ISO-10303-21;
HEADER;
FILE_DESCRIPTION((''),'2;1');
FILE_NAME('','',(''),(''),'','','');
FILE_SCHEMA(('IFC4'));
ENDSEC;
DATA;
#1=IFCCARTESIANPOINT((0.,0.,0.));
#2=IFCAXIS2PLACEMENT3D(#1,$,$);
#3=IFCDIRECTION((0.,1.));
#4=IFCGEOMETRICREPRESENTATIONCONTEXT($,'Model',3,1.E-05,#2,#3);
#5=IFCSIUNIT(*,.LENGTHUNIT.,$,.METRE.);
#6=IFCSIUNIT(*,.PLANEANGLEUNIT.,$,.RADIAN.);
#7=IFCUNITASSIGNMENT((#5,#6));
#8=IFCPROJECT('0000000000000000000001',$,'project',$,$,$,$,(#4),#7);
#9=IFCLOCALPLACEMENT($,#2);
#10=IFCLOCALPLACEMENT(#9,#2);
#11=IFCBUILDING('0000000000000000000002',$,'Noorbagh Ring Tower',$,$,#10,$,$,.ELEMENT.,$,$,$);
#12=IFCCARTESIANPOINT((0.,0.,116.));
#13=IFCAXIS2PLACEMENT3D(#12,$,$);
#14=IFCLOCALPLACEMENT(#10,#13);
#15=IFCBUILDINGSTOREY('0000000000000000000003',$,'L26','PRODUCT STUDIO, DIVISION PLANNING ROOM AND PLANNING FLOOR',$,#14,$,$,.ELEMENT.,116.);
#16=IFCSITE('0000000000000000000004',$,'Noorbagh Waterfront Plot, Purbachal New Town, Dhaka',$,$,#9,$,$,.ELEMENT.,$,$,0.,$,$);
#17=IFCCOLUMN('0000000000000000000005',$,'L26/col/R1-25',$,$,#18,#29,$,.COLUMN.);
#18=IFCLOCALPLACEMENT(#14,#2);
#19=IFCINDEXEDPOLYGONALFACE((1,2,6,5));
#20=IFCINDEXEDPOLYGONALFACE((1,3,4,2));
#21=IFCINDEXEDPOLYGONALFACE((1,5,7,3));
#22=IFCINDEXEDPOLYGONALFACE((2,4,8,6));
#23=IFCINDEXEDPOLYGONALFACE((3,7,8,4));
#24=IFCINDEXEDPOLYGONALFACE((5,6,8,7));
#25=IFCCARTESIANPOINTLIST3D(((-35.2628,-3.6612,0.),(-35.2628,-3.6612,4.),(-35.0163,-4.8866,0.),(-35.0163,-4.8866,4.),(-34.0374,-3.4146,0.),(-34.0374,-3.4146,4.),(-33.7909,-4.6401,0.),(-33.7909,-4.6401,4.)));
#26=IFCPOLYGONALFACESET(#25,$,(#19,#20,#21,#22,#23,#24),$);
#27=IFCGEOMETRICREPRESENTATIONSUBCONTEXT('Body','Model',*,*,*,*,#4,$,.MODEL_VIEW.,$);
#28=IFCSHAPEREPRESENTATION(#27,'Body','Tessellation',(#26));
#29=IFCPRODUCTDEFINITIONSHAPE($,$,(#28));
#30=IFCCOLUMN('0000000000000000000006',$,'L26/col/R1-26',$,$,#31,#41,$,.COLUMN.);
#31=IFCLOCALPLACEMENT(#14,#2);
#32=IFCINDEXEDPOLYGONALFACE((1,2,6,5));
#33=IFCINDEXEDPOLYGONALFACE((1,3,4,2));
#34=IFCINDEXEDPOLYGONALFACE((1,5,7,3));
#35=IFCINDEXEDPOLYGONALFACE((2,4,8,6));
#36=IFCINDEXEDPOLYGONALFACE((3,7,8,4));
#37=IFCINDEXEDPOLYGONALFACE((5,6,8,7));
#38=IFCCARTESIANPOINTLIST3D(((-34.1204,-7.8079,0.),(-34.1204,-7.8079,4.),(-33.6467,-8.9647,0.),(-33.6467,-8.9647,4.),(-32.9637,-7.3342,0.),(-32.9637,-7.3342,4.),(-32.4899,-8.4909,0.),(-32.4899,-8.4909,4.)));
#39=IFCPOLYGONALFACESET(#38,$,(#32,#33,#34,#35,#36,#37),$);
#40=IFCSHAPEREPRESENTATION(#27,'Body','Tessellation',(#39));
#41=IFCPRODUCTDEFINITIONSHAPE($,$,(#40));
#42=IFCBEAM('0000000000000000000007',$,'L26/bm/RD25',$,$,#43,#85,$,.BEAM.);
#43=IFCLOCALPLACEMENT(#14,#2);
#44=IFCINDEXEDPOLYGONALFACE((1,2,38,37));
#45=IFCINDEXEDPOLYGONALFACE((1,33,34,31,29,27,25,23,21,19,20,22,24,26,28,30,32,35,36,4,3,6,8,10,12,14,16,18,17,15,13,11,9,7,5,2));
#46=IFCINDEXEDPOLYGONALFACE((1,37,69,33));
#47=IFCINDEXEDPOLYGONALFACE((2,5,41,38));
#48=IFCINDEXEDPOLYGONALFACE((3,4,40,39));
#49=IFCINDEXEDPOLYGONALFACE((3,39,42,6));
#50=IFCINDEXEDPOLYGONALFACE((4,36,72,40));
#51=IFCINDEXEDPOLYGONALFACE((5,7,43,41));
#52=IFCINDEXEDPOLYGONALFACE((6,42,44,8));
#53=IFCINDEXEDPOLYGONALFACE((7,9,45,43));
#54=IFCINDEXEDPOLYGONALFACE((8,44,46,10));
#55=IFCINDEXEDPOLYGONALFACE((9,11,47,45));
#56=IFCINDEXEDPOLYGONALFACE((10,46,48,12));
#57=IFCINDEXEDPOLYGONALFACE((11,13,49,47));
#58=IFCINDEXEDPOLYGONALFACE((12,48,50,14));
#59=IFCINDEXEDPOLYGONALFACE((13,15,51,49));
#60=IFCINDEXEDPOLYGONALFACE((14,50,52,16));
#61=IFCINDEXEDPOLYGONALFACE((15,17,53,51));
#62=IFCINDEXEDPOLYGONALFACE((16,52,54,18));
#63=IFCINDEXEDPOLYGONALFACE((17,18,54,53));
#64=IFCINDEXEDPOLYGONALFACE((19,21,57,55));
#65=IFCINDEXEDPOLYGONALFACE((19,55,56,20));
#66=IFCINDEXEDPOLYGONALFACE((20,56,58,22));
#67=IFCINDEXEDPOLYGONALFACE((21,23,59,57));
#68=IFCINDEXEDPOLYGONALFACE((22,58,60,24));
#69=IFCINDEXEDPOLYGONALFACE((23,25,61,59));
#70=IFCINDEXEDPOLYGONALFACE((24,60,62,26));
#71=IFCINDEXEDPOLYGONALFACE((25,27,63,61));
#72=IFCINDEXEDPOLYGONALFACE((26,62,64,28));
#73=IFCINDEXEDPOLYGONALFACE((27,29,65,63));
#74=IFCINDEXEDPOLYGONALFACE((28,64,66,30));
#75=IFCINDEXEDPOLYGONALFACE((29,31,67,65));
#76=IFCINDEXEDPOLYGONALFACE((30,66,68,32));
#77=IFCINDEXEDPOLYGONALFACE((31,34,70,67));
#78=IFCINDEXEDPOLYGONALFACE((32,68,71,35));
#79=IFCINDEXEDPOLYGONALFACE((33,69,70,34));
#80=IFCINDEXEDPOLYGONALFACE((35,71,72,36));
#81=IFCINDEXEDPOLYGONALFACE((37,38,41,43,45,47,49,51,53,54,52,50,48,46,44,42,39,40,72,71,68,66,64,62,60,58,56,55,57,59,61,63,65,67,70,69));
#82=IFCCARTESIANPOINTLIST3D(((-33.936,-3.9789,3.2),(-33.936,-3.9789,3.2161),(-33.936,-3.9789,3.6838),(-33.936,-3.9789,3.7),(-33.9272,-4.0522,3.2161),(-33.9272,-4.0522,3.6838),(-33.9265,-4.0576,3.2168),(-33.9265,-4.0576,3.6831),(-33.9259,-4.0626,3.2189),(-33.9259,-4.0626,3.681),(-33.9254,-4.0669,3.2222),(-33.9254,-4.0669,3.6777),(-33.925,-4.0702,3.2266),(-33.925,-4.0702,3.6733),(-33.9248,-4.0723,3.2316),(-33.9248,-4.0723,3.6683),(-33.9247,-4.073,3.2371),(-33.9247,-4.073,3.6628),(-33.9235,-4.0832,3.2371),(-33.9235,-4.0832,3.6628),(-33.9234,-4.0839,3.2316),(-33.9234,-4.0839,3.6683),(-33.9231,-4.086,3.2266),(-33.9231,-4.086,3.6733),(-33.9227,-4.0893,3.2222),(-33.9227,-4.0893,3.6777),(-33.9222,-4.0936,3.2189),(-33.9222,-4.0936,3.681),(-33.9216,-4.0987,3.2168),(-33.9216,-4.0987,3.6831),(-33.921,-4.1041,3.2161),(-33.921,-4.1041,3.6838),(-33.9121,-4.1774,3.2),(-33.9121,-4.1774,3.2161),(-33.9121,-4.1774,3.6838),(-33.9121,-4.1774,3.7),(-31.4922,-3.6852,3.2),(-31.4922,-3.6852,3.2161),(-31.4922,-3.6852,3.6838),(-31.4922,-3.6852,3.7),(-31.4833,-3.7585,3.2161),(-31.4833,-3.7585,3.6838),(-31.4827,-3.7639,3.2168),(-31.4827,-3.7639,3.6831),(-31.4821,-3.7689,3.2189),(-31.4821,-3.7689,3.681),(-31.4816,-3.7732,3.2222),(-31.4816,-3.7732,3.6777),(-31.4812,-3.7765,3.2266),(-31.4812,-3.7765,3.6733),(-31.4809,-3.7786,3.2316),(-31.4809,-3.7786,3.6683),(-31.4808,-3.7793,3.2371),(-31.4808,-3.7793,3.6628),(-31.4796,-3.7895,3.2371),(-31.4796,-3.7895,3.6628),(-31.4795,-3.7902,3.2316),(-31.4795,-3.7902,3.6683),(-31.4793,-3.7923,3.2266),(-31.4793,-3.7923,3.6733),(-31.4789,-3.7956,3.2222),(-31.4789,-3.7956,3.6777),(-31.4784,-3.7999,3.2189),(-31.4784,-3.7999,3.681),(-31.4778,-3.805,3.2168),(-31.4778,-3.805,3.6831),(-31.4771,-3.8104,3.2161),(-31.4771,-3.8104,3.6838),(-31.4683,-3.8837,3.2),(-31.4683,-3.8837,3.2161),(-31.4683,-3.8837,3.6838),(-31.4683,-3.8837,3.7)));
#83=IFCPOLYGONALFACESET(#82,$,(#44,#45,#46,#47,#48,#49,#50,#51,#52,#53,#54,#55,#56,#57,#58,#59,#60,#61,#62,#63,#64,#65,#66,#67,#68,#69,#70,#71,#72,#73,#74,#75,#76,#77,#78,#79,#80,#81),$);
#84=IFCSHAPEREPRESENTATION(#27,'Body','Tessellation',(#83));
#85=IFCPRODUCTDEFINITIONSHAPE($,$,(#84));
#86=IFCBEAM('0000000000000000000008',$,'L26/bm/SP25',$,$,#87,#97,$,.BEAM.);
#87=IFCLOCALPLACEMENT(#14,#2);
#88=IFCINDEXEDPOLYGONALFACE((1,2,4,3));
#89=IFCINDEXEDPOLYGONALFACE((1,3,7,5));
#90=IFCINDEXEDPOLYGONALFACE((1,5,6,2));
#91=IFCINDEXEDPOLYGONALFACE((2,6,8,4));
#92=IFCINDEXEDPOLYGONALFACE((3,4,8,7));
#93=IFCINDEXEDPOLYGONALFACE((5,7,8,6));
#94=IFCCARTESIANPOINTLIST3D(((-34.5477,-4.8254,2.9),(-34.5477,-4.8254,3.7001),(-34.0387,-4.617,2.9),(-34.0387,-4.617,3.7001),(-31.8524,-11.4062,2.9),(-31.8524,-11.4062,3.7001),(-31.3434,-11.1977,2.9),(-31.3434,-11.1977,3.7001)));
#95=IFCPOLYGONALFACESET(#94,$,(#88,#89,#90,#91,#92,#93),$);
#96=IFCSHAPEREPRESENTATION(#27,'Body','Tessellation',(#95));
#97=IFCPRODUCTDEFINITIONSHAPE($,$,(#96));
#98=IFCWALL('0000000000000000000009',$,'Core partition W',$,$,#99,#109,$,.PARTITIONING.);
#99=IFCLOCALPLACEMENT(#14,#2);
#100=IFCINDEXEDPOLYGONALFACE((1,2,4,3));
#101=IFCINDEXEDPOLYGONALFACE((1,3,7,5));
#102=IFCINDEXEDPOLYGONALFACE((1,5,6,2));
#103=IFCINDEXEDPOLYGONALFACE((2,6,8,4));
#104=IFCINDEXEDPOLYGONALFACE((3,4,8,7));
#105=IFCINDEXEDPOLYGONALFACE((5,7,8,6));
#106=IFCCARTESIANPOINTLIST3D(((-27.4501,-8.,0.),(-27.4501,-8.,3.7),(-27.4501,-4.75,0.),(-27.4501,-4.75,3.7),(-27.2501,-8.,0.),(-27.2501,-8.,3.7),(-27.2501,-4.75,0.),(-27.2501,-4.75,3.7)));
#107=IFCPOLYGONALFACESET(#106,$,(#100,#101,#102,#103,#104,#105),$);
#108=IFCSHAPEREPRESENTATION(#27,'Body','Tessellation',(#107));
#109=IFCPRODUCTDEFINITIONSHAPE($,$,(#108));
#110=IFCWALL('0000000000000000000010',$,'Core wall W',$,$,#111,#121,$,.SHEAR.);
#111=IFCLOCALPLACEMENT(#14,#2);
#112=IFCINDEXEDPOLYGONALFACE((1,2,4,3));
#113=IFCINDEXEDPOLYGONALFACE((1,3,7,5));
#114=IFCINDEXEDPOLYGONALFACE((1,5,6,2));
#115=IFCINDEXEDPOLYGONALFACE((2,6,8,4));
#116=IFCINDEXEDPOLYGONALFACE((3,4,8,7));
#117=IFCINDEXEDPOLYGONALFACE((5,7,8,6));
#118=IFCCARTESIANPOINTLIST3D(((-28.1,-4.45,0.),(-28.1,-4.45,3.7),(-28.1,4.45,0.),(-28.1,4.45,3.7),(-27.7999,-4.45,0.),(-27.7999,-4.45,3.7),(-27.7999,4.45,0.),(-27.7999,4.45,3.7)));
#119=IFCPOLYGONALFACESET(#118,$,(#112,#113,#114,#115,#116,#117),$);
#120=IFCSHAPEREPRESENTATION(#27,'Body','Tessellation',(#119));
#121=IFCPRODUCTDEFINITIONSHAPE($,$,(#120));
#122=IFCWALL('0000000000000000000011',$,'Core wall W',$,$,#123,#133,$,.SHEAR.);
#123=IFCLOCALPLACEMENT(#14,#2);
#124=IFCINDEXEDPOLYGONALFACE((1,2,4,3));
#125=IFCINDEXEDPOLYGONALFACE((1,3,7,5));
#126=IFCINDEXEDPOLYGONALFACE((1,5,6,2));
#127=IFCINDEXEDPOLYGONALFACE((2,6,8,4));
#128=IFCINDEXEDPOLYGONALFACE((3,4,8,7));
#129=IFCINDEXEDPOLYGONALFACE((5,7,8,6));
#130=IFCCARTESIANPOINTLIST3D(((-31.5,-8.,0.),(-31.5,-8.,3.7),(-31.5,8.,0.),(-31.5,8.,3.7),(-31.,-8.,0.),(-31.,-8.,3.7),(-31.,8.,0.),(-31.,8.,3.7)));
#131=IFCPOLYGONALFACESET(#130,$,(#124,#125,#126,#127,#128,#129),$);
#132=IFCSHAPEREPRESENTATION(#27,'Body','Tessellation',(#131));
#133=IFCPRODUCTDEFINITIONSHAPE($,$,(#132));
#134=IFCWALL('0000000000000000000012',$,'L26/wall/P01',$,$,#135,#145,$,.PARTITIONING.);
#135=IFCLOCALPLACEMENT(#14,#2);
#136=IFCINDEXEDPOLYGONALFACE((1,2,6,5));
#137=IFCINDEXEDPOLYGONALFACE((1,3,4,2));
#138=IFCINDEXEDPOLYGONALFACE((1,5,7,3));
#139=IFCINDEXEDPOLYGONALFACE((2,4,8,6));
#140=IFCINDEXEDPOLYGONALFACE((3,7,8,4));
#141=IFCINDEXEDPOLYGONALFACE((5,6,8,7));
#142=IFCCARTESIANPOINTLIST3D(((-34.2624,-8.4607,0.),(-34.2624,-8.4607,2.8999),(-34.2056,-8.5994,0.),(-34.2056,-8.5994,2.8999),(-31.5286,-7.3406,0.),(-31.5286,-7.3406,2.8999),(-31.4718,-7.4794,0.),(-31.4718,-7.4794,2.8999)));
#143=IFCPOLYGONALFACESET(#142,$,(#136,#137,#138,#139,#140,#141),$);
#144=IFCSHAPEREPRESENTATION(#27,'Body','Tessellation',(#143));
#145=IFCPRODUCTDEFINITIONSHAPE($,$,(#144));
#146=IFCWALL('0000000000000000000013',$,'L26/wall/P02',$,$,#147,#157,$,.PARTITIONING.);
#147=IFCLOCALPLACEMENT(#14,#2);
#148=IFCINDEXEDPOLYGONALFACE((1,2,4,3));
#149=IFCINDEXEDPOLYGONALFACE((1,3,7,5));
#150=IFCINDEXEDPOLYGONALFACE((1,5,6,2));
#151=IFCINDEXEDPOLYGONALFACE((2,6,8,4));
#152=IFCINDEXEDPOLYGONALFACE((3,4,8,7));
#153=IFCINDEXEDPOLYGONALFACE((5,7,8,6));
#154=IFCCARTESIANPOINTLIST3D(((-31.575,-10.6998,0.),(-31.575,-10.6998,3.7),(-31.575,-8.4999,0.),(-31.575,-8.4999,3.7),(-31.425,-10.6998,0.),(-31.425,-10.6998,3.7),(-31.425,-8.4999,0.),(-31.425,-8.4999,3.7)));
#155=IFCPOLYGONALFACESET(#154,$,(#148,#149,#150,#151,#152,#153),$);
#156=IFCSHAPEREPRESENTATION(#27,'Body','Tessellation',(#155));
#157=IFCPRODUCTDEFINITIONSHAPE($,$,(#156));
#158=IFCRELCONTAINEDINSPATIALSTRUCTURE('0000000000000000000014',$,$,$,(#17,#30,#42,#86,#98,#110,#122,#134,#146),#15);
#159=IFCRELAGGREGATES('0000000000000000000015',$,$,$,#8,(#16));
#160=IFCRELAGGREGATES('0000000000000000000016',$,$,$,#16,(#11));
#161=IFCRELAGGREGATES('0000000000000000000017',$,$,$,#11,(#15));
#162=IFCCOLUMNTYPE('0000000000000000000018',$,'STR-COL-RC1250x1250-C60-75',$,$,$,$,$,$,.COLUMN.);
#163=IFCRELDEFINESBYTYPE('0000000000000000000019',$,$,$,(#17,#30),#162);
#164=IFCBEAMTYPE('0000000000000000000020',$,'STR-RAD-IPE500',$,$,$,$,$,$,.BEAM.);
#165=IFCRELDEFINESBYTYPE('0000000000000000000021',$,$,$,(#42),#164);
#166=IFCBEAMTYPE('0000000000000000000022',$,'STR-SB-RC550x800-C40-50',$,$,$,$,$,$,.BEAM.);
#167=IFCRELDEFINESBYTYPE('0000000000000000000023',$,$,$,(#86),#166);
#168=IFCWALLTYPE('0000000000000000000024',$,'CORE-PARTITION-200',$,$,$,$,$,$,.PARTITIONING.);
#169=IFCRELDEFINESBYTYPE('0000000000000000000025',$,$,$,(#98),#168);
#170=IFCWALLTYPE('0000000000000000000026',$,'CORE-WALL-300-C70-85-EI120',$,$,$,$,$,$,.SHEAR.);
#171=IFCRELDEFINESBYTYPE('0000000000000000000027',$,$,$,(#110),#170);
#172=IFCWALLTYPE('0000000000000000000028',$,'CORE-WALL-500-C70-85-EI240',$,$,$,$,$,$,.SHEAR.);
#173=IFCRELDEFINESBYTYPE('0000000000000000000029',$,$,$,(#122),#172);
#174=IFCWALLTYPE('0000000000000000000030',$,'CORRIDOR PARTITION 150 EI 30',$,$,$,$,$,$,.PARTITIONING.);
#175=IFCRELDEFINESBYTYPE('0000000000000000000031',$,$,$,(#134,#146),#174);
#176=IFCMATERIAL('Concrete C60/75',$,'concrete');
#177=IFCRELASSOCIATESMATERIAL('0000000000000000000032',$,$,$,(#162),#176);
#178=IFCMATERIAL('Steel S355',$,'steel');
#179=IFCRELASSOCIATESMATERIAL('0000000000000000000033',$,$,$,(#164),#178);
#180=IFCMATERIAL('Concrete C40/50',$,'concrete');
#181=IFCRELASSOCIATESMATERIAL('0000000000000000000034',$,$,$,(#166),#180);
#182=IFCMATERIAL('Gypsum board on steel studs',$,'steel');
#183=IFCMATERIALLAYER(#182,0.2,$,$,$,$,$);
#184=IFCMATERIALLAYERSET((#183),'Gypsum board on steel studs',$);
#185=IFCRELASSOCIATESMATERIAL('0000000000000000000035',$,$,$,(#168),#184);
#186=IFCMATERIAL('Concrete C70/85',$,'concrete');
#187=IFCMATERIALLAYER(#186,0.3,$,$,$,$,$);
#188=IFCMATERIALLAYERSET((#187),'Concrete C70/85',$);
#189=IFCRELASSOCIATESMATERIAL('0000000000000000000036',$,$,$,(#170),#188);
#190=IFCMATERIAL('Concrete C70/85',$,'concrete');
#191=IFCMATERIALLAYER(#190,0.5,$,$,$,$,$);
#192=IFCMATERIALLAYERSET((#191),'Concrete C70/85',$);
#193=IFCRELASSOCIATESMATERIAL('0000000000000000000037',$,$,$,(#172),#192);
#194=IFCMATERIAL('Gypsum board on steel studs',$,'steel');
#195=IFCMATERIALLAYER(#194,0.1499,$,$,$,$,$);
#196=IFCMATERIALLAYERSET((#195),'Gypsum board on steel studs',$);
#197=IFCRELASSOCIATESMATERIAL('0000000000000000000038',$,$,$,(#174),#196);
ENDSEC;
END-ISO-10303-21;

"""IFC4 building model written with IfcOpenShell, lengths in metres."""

from ifc_helpers import new_model, si_unit, direction, frame, frame_2d, origin, origin_2d, place, context, subcontext, project, spatial, rectangle, i_section, extrude, material, layer, layer_set, material_profile, profile_set, type_object, element, save


model = new_model("IFC4")

# Units and contexts
model_context = context("Model", 3, precision=1e-05, world=origin(), true_north=direction((0.0, 1.0)))
body_context = subcontext(model_context, "Body", "Model", "MODEL_VIEW")
ifc_project = project(units=[si_unit("LENGTHUNIT", "METRE"), si_unit("PLANEANGLEUNIT", "RADIAN")], contexts=[model_context])

# Site, building, storey
site_placement = place(None, origin())
site = spatial("IfcSite", under=ifc_project, at=site_placement, Name="Noorbagh Waterfront Plot, Purbachal New Town, Dhaka", CompositionType="ELEMENT", RefElevation=0.0)
building_placement = place(site_placement, origin())
building = spatial("IfcBuilding", under=site, at=building_placement, Name="Noorbagh Ring Tower", CompositionType="ELEMENT")
storey_placement = place(building_placement, frame((0.0, 0.0, 116.0)))
storey = spatial("IfcBuildingStorey", under=building, at=storey_placement, Name="L26", Description="PRODUCT STUDIO, DIVISION PLANNING ROOM AND PLANNING FLOOR", CompositionType="ELEMENT", Elevation=116.0)

# Columns
ifc_material_1 = material(Name="Concrete C60/75", Category="concrete")
ifc_material_profile_1 = material_profile(ifc_material_1, rectangle(XDim=1.25, YDim=1.25, at=origin_2d()), Name="RC1250x1250")
ifc_profile_set_1 = profile_set([ifc_material_profile_1], Name="Concrete C60/75")
column_type = type_object("IfcColumnType", Name="STR-COL-RC1250x1250-C60-75", PredefinedType="COLUMN", material=ifc_profile_set_1)
for number, where, z_axis, x_axis, name in (
    (1, (-34.5269, -4.1506, 0.0), (0.0, 0.0, 1.0), (0.19723, -0.980357, 0.0), "L26/col/R1-25"),
    (2, (-33.3052, -8.1494, 0.0), (0.0, 0.0, 1.0), (0.378989, -0.925401, 0.0), "L26/col/R1-26"),
):
    element("IfcColumn", number, at=place(storey_placement, frame(where, z_axis=z_axis, x_axis=x_axis)), inside=storey, type_object=column_type, Name=name, PredefinedType="COLUMN", context=body_context, shape_type="SweptSolid", body=[
        extrude(rectangle(XDim=1.25, YDim=1.25, at=origin_2d()), origin(), (0.0, 0.0, 1.0), 4.0),
    ])

# Beams
ifc_material_2 = material(Name="Steel S355", Category="steel")
ifc_material_profile_2 = material_profile(ifc_material_2, i_section(OverallWidth=0.2, OverallDepth=0.5, WebThickness=0.0103, FlangeThickness=0.0161, FilletRadius=0.021, at=origin_2d()), Name="IPE500")
ifc_profile_set_2 = profile_set([ifc_material_profile_2], Name="Steel S355")
beam_type_1 = type_object("IfcBeamType", Name="STR-RAD-IPE500", PredefinedType="BEAM", material=ifc_profile_set_2)
beam_1_placement = place(storey_placement, frame((-33.9241, -4.0781, 3.45), z_axis=(0.992856, 0.119321, 0.0), x_axis=(-0.119321, 0.992856, 0.0)))
element("IfcBeam", 3, at=beam_1_placement, inside=storey, type_object=beam_type_1, Name="L26/bm/RD25", PredefinedType="BEAM", context=body_context, shape_type="SweptSolid", body=[
    extrude(i_section(OverallWidth=0.2, OverallDepth=0.5, WebThickness=0.0103, FlangeThickness=0.0161, FilletRadius=0.021, at=origin_2d()), origin(), (0.0, 0.0, 1.0), 2.4614),
])
ifc_material_3 = material(Name="Concrete C40/50", Category="concrete")
ifc_material_profile_3 = material_profile(ifc_material_3, rectangle(XDim=0.55, YDim=0.8, at=origin_2d()), Name="RC550x800")
ifc_profile_set_3 = profile_set([ifc_material_profile_3], Name="Concrete C40/50")
beam_type_2 = type_object("IfcBeamType", Name="STR-SB-RC550x800-C40-50", PredefinedType="BEAM", material=ifc_profile_set_3)
beam_2_placement = place(storey_placement, frame((-34.2932, -4.7212, 3.3), z_axis=(0.379014, -0.925391, 0.0), x_axis=(0.925391, 0.379014, 0.0)))
element("IfcBeam", 4, at=beam_2_placement, inside=storey, type_object=beam_type_2, Name="L26/bm/SP25", PredefinedType="BEAM", context=body_context, shape_type="SweptSolid", body=[
    extrude(rectangle(XDim=0.55, YDim=0.8, at=origin_2d()), origin(), (0.0, 0.0, 1.0), 7.1113),
])

# Walls
ifc_material_4 = material(Name="Gypsum board on steel studs", Category="steel")
ifc_layer_1 = layer(ifc_material_4, 0.2)
ifc_layer_set_1 = layer_set([ifc_layer_1], Name="Gypsum board on steel studs")
wall_type_1 = type_object("IfcWallType", Name="CORE-PARTITION-200", PredefinedType="PARTITIONING", material=ifc_layer_set_1)
wall_1_placement = place(storey_placement, frame((-27.3501, -8.0, 0.0), z_axis=(0.0, 0.0, 1.0), x_axis=(0.0, 1.0, 0.0)))
element("IfcWall", 5, at=wall_1_placement, inside=storey, type_object=wall_type_1, Name="Core partition W", PredefinedType="PARTITIONING", context=body_context, shape_type="SweptSolid", body=[
    extrude(rectangle(XDim=3.25, YDim=0.2, at=frame_2d((1.625, 0.0))), origin(), (0.0, 0.0, 1.0), 3.7),
])
ifc_material_5 = material(Name="Concrete C70/85", Category="concrete")
ifc_layer_2 = layer(ifc_material_5, 0.3)
ifc_layer_set_2 = layer_set([ifc_layer_2], Name="Concrete C70/85")
wall_type_2 = type_object("IfcWallType", Name="CORE-WALL-300-C70-85-EI120", PredefinedType="SHEAR", material=ifc_layer_set_2)
wall_2_placement = place(storey_placement, frame((-27.95, -4.45, 0.0), z_axis=(0.0, 0.0, 1.0), x_axis=(0.0, 1.0, 0.0)))
element("IfcWall", 6, at=wall_2_placement, inside=storey, type_object=wall_type_2, Name="Core wall W", PredefinedType="SHEAR", context=body_context, shape_type="SweptSolid", body=[
    extrude(rectangle(XDim=8.8999, YDim=0.3, at=frame_2d((4.45, 0.0))), origin(), (0.0, 0.0, 1.0), 3.7),
])
ifc_material_6 = material(Name="Concrete C70/85", Category="concrete")
ifc_layer_3 = layer(ifc_material_6, 0.5)
ifc_layer_set_3 = layer_set([ifc_layer_3], Name="Concrete C70/85")
wall_type_3 = type_object("IfcWallType", Name="CORE-WALL-500-C70-85-EI240", PredefinedType="SHEAR", material=ifc_layer_set_3)
wall_3_placement = place(storey_placement, frame((-31.25, -8.0, 0.0), z_axis=(0.0, 0.0, 1.0), x_axis=(0.0, 1.0, 0.0)))
element("IfcWall", 7, at=wall_3_placement, inside=storey, type_object=wall_type_3, Name="Core wall W", PredefinedType="SHEAR", context=body_context, shape_type="SweptSolid", body=[
    extrude(rectangle(XDim=16.0, YDim=0.5, at=frame_2d((8.0, 0.0))), origin(), (0.0, 0.0, 1.0), 3.7),
])
ifc_material_7 = material(Name="Gypsum board on steel studs", Category="steel")
ifc_layer_4 = layer(ifc_material_7, 0.1499)
ifc_layer_set_4 = layer_set([ifc_layer_4], Name="Gypsum board on steel studs")
wall_type_4 = type_object("IfcWallType", Name="CORRIDOR PARTITION 150 EI 30", PredefinedType="PARTITIONING", material=ifc_layer_set_4)
wall_4_placement = place(storey_placement, frame((-34.2339, -8.53, 0.0), z_axis=(0.0, 0.0, 1.0), x_axis=(0.925344, 0.379128, 0.0)))
element("IfcWall", 8, at=wall_4_placement, inside=storey, type_object=wall_type_4, Name="L26/wall/P01", PredefinedType="PARTITIONING", context=body_context, shape_type="SweptSolid", body=[
    extrude(rectangle(XDim=2.9543, YDim=0.1499, at=frame_2d((1.4771, 0.0))), origin(), (0.0, 0.0, 1.0), 2.8999),
])
wall_5_placement = place(storey_placement, frame((-31.5, -10.7, 0.0), z_axis=(0.0, 0.0, 1.0), x_axis=(0.0, 1.0, 0.0)))
element("IfcWall", 9, at=wall_5_placement, inside=storey, type_object=wall_type_4, Name="L26/wall/P02", PredefinedType="PARTITIONING", context=body_context, shape_type="SweptSolid", body=[
    extrude(rectangle(XDim=2.2, YDim=0.1499, at=frame_2d((1.1001, 0.0))), origin(), (0.0, 0.0, 1.0), 3.7),
])

save(model, "model.ifc")
